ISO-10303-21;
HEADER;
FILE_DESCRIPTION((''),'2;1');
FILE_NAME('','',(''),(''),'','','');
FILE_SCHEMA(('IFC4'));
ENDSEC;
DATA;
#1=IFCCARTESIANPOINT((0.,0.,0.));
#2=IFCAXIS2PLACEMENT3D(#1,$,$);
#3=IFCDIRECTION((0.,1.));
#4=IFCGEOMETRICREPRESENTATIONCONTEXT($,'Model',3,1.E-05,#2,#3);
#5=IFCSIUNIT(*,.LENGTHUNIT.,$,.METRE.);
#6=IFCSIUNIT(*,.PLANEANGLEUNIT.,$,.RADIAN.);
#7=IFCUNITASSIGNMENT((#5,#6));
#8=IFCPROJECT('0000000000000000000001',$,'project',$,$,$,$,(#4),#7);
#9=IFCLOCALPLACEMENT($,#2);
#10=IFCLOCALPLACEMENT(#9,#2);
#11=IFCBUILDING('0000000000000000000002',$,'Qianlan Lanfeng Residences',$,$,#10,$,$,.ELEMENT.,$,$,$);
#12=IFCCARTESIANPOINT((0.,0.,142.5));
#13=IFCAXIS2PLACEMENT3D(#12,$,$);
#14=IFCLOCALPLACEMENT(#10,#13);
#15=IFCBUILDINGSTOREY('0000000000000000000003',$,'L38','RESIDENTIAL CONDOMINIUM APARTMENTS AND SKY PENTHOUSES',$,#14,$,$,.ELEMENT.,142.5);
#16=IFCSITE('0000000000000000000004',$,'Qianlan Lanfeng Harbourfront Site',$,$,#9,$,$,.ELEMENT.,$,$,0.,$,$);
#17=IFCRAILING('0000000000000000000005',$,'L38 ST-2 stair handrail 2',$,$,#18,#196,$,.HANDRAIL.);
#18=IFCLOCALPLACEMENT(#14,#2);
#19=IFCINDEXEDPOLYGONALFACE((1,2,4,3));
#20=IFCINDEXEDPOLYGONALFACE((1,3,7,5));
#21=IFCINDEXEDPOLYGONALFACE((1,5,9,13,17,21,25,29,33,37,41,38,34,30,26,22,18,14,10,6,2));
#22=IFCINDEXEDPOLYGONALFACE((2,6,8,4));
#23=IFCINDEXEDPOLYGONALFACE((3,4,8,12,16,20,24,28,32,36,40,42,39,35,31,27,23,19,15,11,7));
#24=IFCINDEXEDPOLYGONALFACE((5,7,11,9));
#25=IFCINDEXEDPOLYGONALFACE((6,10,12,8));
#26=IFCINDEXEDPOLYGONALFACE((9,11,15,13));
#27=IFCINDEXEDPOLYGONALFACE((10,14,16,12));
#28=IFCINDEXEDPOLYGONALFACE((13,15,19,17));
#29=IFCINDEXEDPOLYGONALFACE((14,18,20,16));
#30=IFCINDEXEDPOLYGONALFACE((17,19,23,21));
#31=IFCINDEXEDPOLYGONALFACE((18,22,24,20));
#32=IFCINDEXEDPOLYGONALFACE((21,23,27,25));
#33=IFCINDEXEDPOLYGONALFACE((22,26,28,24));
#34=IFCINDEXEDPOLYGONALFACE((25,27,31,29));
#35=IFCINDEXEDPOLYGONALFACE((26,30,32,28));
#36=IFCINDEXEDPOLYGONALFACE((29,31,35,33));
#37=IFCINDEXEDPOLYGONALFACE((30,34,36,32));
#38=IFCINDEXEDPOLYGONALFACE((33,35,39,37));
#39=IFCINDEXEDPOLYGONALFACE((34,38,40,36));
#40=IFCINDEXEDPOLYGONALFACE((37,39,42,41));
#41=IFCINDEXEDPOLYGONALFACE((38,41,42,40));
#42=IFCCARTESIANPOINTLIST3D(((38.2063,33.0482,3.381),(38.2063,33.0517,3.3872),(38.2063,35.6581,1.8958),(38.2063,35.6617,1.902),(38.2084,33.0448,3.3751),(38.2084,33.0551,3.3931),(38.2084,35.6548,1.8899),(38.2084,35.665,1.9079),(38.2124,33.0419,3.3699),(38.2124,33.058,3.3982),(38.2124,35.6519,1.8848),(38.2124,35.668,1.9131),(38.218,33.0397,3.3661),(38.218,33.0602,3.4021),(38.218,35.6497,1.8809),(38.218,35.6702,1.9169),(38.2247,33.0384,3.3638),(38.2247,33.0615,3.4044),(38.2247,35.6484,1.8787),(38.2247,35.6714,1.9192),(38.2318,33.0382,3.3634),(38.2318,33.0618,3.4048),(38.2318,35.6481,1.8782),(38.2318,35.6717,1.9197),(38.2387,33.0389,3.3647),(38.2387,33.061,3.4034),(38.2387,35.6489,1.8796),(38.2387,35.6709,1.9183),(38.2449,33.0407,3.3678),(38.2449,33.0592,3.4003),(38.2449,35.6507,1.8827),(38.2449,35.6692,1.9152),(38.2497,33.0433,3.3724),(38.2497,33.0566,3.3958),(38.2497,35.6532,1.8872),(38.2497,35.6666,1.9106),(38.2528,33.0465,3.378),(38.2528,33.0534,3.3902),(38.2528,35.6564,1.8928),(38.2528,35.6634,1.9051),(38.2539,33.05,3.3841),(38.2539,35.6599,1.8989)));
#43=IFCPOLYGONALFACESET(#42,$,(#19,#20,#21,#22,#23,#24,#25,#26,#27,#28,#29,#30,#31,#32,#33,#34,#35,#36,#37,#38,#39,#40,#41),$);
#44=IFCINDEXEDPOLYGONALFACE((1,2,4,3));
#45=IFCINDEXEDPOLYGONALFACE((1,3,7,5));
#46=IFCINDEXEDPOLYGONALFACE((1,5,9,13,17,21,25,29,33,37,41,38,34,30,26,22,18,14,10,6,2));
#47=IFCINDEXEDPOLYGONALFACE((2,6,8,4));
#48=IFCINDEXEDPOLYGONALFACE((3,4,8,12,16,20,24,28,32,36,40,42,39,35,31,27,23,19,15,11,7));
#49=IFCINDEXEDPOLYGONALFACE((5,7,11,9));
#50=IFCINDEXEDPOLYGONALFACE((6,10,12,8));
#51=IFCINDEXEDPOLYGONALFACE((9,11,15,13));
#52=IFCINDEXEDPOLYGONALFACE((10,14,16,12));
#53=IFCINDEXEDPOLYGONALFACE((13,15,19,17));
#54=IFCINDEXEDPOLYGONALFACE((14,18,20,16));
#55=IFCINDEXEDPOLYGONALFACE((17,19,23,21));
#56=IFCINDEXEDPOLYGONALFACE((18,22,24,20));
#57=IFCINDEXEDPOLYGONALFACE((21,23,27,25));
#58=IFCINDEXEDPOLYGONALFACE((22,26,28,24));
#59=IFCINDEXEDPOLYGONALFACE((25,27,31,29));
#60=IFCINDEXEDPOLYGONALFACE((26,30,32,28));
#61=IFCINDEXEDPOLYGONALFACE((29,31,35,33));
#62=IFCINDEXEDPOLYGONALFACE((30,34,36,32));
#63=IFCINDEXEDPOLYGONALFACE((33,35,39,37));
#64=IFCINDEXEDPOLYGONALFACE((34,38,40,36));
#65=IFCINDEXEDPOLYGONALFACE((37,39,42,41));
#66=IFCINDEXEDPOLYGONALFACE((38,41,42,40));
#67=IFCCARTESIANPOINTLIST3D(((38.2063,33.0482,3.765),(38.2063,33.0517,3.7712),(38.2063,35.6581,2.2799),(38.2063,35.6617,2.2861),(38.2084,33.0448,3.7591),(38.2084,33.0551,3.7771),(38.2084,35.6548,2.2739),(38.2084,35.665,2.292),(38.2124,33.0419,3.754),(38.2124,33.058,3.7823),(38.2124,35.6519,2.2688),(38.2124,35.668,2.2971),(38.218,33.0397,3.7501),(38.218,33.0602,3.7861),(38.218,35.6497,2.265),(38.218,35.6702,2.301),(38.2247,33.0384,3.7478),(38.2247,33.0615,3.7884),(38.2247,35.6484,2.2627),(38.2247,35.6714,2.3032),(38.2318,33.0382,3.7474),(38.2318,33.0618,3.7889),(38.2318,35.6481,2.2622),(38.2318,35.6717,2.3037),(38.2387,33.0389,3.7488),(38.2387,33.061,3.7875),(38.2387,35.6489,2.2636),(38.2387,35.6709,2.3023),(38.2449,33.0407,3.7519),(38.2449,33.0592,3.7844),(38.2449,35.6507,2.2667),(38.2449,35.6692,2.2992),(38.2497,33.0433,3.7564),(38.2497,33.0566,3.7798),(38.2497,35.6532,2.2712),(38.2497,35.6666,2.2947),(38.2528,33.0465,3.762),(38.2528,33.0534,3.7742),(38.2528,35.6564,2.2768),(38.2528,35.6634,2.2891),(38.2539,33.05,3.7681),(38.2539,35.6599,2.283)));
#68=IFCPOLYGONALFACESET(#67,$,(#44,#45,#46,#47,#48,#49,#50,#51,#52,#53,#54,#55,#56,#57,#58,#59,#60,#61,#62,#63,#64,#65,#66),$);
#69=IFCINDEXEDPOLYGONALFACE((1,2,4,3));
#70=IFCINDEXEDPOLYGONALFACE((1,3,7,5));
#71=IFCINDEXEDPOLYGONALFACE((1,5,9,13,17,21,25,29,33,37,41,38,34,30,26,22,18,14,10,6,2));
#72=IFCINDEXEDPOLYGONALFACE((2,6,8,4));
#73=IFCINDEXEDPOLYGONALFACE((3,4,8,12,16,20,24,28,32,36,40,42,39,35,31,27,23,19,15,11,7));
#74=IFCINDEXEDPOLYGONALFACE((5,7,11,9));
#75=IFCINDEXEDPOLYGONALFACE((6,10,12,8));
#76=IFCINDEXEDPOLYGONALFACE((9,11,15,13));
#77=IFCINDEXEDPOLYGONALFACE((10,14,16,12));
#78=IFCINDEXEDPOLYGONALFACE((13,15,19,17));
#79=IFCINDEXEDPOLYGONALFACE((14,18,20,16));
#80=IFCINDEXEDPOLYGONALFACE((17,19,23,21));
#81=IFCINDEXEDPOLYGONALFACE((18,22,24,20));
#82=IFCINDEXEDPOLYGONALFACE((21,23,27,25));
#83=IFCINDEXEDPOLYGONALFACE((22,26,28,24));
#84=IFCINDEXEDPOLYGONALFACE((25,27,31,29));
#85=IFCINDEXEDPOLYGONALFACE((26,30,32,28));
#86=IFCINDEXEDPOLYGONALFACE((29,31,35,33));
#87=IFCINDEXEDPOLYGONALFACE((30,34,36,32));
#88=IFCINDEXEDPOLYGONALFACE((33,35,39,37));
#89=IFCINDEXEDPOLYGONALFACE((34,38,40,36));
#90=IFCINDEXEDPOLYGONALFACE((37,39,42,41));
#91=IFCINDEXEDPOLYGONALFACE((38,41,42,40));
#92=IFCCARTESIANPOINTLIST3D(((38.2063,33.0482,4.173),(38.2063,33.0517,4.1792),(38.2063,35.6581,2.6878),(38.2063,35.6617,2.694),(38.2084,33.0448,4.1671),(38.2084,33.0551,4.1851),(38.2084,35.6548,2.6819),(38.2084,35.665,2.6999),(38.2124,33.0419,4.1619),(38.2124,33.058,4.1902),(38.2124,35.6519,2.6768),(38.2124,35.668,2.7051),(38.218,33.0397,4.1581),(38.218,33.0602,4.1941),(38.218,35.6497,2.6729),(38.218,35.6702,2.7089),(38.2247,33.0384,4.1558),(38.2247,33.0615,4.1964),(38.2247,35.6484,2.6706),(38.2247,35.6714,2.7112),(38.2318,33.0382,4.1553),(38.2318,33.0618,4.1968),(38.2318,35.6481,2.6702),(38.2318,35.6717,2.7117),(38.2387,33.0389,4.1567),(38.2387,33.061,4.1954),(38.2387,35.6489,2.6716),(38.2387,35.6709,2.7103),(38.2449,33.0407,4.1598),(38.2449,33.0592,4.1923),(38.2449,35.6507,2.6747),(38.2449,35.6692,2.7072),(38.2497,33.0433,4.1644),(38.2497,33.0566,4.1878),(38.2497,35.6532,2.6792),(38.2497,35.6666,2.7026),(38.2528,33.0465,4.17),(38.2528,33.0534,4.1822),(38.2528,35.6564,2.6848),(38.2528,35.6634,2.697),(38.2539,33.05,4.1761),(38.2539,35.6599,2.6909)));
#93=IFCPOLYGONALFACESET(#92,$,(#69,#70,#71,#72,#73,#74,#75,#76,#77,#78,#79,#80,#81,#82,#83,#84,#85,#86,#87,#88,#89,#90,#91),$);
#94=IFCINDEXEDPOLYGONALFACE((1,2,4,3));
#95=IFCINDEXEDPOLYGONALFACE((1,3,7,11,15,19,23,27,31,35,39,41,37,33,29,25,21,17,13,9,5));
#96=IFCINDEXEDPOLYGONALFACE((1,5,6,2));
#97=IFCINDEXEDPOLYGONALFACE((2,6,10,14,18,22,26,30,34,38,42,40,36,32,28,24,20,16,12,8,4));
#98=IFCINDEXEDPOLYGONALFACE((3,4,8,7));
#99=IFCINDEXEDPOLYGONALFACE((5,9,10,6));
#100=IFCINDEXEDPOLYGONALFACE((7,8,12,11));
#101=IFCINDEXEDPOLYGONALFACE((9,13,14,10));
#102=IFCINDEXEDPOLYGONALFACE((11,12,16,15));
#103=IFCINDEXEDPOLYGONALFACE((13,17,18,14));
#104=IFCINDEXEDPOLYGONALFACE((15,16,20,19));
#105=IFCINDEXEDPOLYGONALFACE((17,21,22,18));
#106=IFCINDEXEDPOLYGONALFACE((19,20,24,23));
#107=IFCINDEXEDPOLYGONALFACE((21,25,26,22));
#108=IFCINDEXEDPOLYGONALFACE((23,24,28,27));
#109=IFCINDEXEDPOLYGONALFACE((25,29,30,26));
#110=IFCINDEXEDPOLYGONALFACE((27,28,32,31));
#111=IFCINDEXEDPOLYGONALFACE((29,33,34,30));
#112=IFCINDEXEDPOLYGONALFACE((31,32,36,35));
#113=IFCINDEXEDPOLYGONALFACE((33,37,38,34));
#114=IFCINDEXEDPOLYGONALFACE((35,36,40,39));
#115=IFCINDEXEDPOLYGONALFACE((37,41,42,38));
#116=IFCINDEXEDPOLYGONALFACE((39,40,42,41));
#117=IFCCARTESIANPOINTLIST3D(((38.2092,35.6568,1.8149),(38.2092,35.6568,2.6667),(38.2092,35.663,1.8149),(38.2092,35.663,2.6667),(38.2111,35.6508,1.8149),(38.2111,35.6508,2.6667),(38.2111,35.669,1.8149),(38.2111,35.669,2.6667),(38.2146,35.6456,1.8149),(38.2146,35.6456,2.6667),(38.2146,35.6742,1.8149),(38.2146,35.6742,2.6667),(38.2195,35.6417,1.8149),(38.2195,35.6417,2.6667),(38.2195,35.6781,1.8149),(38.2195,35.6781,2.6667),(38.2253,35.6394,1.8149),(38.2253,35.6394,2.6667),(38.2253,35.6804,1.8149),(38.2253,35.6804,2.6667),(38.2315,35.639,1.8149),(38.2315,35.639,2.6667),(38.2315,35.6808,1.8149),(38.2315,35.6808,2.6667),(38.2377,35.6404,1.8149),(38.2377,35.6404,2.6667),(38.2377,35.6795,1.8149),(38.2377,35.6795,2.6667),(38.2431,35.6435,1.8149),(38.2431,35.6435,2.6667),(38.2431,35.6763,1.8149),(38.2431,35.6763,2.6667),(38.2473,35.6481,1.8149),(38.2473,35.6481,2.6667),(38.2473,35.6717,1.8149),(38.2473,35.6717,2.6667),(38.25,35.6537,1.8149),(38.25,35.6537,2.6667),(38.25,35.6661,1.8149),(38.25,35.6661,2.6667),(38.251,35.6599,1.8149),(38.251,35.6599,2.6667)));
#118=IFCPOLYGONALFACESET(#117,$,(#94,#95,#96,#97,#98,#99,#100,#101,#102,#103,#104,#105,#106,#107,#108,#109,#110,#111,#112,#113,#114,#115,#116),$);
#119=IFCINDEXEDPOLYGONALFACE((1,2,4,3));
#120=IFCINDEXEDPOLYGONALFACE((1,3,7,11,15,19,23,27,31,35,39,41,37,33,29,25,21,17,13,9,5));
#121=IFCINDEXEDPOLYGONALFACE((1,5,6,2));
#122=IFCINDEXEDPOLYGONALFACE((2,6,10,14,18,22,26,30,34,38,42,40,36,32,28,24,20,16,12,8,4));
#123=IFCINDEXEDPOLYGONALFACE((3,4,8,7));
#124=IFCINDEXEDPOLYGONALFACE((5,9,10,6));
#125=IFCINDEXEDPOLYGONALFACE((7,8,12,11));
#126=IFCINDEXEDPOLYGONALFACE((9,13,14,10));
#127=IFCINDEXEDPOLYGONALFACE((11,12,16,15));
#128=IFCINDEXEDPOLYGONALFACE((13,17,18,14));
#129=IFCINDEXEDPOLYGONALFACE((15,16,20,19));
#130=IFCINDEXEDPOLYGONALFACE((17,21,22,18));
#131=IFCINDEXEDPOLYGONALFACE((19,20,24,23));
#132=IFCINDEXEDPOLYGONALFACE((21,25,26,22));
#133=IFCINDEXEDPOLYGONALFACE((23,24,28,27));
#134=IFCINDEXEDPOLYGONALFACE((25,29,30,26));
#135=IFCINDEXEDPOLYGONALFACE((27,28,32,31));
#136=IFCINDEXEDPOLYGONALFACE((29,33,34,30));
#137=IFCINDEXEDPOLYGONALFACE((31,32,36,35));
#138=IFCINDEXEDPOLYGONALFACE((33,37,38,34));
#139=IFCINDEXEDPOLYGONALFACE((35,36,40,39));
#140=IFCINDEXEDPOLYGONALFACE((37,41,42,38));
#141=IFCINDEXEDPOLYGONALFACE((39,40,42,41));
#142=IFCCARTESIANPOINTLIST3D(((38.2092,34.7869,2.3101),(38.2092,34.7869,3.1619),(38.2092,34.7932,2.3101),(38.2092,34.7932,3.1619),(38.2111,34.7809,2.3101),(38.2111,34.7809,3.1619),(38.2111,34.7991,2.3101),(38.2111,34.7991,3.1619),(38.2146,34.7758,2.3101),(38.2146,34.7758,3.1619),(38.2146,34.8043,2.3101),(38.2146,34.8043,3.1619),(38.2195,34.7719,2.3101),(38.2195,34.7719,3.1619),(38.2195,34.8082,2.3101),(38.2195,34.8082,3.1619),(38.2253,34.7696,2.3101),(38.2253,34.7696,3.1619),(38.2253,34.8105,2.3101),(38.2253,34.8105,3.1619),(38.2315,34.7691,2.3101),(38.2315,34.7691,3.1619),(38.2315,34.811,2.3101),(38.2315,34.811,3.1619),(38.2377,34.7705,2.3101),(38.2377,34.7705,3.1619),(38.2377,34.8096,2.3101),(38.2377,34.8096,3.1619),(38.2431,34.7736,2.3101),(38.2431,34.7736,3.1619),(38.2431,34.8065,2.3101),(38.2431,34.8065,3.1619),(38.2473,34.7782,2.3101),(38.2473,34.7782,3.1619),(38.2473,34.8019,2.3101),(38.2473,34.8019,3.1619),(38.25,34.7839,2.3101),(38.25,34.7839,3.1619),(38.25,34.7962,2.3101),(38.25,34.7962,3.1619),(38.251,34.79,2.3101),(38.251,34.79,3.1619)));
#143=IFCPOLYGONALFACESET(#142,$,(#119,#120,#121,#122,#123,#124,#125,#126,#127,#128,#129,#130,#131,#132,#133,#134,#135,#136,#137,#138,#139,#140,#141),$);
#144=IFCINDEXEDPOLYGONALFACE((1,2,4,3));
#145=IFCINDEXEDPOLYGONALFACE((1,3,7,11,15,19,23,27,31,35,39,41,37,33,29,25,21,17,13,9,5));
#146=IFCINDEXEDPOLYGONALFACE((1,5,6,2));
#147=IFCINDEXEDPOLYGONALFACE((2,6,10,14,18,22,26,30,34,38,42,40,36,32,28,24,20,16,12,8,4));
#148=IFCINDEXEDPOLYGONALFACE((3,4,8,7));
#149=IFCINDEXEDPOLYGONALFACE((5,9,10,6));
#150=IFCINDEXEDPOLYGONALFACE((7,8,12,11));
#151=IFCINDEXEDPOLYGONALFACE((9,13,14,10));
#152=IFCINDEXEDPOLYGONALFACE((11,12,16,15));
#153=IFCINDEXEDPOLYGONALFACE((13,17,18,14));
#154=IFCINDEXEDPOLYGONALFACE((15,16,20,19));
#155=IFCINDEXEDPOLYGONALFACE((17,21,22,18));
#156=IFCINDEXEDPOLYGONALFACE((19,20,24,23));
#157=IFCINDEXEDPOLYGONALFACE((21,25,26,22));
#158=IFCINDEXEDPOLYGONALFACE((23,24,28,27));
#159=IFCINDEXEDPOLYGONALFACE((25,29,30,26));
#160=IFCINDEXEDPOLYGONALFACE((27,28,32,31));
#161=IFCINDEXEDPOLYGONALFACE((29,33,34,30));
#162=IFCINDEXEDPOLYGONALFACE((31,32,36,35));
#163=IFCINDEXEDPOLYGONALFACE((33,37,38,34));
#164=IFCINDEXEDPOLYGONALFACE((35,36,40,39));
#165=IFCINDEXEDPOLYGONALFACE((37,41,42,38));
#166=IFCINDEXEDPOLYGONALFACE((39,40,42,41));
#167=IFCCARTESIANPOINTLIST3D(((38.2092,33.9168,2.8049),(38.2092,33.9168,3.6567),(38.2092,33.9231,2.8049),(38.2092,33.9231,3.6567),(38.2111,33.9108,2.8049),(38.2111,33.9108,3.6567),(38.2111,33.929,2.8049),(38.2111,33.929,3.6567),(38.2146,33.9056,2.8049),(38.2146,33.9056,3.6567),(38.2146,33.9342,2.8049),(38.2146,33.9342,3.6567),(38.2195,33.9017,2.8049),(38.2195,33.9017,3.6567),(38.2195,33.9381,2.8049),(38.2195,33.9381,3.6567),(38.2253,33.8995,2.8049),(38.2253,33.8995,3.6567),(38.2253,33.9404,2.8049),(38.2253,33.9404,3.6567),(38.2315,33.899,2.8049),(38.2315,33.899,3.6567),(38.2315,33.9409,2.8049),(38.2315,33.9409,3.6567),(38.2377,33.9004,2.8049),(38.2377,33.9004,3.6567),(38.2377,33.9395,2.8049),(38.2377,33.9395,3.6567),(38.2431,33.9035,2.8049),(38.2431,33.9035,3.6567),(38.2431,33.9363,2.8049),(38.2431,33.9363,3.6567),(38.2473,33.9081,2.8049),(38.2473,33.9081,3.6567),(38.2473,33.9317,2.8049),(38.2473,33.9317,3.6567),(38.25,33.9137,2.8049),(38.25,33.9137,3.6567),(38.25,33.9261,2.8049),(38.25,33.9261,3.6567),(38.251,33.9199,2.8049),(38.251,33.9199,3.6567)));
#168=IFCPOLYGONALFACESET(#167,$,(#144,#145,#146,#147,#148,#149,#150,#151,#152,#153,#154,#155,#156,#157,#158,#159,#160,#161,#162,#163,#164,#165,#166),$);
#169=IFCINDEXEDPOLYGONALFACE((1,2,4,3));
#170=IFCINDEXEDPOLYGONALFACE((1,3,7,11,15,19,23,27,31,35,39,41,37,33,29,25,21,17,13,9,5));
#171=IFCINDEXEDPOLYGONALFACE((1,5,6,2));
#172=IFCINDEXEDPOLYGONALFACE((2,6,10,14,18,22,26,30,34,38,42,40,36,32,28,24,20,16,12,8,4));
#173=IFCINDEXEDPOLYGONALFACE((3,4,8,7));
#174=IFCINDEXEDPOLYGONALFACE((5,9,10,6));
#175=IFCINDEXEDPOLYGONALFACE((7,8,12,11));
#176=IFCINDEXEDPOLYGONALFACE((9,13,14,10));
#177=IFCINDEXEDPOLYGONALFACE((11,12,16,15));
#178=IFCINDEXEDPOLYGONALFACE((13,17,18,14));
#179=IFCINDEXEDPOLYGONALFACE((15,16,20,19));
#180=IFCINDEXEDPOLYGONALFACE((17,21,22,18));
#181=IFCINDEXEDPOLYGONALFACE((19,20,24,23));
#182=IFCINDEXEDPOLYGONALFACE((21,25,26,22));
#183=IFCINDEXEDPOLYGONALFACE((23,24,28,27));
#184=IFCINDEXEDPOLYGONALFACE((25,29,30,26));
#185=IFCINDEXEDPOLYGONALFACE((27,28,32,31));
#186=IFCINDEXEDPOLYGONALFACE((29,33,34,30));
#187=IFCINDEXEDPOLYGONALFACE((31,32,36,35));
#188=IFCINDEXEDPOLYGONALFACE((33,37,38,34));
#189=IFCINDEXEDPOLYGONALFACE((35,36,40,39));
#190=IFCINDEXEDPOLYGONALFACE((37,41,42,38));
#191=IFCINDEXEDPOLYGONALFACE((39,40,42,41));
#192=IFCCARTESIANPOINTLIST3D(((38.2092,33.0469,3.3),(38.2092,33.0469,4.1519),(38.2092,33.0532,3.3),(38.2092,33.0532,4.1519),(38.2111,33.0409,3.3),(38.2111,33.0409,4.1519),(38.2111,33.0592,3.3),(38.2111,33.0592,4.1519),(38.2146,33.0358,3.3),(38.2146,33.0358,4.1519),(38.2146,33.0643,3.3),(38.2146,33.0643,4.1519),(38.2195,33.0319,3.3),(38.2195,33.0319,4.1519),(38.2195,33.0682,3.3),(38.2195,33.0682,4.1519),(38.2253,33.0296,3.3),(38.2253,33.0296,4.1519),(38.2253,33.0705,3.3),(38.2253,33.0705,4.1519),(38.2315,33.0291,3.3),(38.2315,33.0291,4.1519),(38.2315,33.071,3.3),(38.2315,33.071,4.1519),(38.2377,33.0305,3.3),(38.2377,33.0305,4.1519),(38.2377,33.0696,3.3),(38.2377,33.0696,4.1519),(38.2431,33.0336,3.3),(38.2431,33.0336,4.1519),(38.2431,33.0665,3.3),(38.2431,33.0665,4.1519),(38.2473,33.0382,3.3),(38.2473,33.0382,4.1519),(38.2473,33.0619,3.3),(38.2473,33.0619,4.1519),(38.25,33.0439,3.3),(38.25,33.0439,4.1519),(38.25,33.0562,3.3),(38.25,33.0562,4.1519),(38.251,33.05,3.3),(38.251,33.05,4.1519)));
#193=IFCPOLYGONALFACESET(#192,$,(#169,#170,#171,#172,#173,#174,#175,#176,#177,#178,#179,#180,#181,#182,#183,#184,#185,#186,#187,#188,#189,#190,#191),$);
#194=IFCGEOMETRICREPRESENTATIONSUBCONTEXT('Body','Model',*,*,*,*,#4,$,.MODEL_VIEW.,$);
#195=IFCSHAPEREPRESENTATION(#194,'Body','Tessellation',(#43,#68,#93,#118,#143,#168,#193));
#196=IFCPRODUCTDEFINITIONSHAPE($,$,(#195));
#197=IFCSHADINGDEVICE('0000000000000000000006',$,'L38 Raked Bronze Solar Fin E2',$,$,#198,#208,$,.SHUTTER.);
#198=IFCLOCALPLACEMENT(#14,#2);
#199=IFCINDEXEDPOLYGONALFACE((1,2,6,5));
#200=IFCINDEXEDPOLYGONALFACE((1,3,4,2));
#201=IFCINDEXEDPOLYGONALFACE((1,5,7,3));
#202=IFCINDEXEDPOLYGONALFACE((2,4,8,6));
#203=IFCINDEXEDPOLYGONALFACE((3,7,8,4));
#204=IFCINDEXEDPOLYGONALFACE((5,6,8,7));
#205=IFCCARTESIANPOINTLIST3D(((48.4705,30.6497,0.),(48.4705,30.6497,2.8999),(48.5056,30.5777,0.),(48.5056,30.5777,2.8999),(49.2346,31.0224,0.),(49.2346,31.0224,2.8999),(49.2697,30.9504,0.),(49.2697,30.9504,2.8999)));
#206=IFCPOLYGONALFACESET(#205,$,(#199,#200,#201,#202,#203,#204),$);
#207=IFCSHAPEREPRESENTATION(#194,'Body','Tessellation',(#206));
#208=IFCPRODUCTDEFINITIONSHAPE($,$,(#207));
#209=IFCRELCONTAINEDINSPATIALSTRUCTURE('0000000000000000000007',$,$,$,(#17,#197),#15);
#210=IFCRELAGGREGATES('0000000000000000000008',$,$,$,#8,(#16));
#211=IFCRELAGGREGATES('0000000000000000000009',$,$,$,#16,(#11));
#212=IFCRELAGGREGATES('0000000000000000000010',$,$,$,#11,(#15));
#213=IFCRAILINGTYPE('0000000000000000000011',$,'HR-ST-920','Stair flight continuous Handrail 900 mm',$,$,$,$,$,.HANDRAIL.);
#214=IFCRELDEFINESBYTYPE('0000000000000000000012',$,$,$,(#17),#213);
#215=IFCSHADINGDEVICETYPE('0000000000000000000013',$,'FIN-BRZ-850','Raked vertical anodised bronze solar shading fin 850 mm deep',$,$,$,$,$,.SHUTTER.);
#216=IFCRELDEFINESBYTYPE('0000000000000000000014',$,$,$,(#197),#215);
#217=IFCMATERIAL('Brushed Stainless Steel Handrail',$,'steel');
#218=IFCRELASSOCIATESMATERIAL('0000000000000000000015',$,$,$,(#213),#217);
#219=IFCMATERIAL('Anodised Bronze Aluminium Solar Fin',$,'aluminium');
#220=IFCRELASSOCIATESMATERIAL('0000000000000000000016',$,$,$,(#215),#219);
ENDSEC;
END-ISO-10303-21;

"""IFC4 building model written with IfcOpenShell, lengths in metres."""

from ifc_helpers import new_model, si_unit, direction, frame, origin, origin_2d, place, context, subcontext, project, spatial, rectangle, circle, extrude, source, transform, mapped, material, type_object, element, save


model = new_model("IFC4")

# Units and contexts
model_context = context("Model", 3, precision=1e-05, world=origin(), true_north=direction((0.0, 1.0)))
body_context = subcontext(model_context, "Body", "Model", "MODEL_VIEW")
ifc_project = project(units=[si_unit("LENGTHUNIT", "METRE"), si_unit("PLANEANGLEUNIT", "RADIAN")], contexts=[model_context])

# Site, building, storey
site_placement = place(None, origin())
site = spatial("IfcSite", under=ifc_project, at=site_placement, Name="Qianlan Lanfeng Harbourfront Site", CompositionType="ELEMENT", RefElevation=0.0)
building_placement = place(site_placement, origin())
building = spatial("IfcBuilding", under=site, at=building_placement, Name="Qianlan Lanfeng Residences", CompositionType="ELEMENT")
storey_placement = place(building_placement, frame((0.0, 0.0, 142.5)))
storey = spatial("IfcBuildingStorey", under=building, at=storey_placement, Name="L38", Description="RESIDENTIAL CONDOMINIUM APARTMENTS AND SKY PENTHOUSES", CompositionType="ELEMENT", Elevation=142.5)

# Railing
ifc_material_1 = material(Name="Brushed Stainless Steel Handrail", Category="steel")
railing_type_1 = type_object("IfcRailingType", Name="HR-ST-920", Description="Stair flight continuous Handrail 900 mm", PredefinedType="HANDRAIL", material=ifc_material_1)
railing_1_placement = place(storey_placement, frame((38.23, 35.6599, 1.8149)))
element("IfcRailing", 1, at=railing_1_placement, inside=storey, type_object=railing_type_1, Name="L38 ST-2 stair handrail 2", PredefinedType="HANDRAIL", context=body_context, shape_type="SweptSolid", body=[
    extrude(circle(Radius=0.0239, at=origin_2d()), frame((0.0, 0.0, 0.084), z_axis=(0.0, -0.869137, 0.494571), x_axis=(1.0, 0.0, 0.0)), (0.0, 0.0, 1.0), 3.0029),
    extrude(circle(Radius=0.0239, at=origin_2d()), frame((0.0, 0.0, 0.468), z_axis=(0.0, -0.869137, 0.494571), x_axis=(1.0, 0.0, 0.0)), (0.0, 0.0, 1.0), 3.0029),
    extrude(circle(Radius=0.0239, at=origin_2d()), frame((0.0, 0.0, 0.876), z_axis=(0.0, -0.869137, 0.494571), x_axis=(1.0, 0.0, 0.0)), (0.0, 0.0, 1.0), 3.0029),
    extrude(circle(Radius=0.021, at=origin_2d()), origin(), (0.0, 0.0, 1.0), 0.8518),
    extrude(circle(Radius=0.021, at=origin_2d()), frame((0.0, -0.8699, 0.4951)), (0.0, 0.0, 1.0), 0.8518),
    extrude(circle(Radius=0.021, at=origin_2d()), frame((0.0, -1.74, 0.99)), (0.0, 0.0, 1.0), 0.8518),
    extrude(circle(Radius=0.021, at=origin_2d()), frame((0.0, -2.6099, 1.4851)), (0.0, 0.0, 1.0), 0.8518),
])

# Shading device
ifc_material_2 = material(Name="Anodised Bronze Aluminium Solar Fin", Category="aluminium")
shading_device_type = type_object("IfcShadingDeviceType", Name="FIN-BRZ-850", Description="Raked vertical anodised bronze solar shading fin 850 mm deep", PredefinedType="SHUTTER", material=ifc_material_2)
shared_shape_1 = source(origin(), body_context, "Body", "SweptSolid", [
    extrude(rectangle(XDim=0.8501, YDim=0.0801, at=origin_2d()), origin(), (0.0, 0.0, 1.0), 2.8999),
])
shading_device_placement = place(storey_placement, frame((48.8701, 30.8, 0.0), z_axis=(0.0, 0.0, 1.0), x_axis=(0.898794, 0.438371, 0.0)))
element("IfcShadingDevice", 2, at=shading_device_placement, inside=storey, type_object=shading_device_type, Name="L38 Raked Bronze Solar Fin E2", PredefinedType="SHUTTER", context=body_context, shape_type="MappedRepresentation", body=[
    mapped(shared_shape_1, transform((0.0, 0.0, 0.0), scale=1.0)),
])

save(model, "model.ifc")
